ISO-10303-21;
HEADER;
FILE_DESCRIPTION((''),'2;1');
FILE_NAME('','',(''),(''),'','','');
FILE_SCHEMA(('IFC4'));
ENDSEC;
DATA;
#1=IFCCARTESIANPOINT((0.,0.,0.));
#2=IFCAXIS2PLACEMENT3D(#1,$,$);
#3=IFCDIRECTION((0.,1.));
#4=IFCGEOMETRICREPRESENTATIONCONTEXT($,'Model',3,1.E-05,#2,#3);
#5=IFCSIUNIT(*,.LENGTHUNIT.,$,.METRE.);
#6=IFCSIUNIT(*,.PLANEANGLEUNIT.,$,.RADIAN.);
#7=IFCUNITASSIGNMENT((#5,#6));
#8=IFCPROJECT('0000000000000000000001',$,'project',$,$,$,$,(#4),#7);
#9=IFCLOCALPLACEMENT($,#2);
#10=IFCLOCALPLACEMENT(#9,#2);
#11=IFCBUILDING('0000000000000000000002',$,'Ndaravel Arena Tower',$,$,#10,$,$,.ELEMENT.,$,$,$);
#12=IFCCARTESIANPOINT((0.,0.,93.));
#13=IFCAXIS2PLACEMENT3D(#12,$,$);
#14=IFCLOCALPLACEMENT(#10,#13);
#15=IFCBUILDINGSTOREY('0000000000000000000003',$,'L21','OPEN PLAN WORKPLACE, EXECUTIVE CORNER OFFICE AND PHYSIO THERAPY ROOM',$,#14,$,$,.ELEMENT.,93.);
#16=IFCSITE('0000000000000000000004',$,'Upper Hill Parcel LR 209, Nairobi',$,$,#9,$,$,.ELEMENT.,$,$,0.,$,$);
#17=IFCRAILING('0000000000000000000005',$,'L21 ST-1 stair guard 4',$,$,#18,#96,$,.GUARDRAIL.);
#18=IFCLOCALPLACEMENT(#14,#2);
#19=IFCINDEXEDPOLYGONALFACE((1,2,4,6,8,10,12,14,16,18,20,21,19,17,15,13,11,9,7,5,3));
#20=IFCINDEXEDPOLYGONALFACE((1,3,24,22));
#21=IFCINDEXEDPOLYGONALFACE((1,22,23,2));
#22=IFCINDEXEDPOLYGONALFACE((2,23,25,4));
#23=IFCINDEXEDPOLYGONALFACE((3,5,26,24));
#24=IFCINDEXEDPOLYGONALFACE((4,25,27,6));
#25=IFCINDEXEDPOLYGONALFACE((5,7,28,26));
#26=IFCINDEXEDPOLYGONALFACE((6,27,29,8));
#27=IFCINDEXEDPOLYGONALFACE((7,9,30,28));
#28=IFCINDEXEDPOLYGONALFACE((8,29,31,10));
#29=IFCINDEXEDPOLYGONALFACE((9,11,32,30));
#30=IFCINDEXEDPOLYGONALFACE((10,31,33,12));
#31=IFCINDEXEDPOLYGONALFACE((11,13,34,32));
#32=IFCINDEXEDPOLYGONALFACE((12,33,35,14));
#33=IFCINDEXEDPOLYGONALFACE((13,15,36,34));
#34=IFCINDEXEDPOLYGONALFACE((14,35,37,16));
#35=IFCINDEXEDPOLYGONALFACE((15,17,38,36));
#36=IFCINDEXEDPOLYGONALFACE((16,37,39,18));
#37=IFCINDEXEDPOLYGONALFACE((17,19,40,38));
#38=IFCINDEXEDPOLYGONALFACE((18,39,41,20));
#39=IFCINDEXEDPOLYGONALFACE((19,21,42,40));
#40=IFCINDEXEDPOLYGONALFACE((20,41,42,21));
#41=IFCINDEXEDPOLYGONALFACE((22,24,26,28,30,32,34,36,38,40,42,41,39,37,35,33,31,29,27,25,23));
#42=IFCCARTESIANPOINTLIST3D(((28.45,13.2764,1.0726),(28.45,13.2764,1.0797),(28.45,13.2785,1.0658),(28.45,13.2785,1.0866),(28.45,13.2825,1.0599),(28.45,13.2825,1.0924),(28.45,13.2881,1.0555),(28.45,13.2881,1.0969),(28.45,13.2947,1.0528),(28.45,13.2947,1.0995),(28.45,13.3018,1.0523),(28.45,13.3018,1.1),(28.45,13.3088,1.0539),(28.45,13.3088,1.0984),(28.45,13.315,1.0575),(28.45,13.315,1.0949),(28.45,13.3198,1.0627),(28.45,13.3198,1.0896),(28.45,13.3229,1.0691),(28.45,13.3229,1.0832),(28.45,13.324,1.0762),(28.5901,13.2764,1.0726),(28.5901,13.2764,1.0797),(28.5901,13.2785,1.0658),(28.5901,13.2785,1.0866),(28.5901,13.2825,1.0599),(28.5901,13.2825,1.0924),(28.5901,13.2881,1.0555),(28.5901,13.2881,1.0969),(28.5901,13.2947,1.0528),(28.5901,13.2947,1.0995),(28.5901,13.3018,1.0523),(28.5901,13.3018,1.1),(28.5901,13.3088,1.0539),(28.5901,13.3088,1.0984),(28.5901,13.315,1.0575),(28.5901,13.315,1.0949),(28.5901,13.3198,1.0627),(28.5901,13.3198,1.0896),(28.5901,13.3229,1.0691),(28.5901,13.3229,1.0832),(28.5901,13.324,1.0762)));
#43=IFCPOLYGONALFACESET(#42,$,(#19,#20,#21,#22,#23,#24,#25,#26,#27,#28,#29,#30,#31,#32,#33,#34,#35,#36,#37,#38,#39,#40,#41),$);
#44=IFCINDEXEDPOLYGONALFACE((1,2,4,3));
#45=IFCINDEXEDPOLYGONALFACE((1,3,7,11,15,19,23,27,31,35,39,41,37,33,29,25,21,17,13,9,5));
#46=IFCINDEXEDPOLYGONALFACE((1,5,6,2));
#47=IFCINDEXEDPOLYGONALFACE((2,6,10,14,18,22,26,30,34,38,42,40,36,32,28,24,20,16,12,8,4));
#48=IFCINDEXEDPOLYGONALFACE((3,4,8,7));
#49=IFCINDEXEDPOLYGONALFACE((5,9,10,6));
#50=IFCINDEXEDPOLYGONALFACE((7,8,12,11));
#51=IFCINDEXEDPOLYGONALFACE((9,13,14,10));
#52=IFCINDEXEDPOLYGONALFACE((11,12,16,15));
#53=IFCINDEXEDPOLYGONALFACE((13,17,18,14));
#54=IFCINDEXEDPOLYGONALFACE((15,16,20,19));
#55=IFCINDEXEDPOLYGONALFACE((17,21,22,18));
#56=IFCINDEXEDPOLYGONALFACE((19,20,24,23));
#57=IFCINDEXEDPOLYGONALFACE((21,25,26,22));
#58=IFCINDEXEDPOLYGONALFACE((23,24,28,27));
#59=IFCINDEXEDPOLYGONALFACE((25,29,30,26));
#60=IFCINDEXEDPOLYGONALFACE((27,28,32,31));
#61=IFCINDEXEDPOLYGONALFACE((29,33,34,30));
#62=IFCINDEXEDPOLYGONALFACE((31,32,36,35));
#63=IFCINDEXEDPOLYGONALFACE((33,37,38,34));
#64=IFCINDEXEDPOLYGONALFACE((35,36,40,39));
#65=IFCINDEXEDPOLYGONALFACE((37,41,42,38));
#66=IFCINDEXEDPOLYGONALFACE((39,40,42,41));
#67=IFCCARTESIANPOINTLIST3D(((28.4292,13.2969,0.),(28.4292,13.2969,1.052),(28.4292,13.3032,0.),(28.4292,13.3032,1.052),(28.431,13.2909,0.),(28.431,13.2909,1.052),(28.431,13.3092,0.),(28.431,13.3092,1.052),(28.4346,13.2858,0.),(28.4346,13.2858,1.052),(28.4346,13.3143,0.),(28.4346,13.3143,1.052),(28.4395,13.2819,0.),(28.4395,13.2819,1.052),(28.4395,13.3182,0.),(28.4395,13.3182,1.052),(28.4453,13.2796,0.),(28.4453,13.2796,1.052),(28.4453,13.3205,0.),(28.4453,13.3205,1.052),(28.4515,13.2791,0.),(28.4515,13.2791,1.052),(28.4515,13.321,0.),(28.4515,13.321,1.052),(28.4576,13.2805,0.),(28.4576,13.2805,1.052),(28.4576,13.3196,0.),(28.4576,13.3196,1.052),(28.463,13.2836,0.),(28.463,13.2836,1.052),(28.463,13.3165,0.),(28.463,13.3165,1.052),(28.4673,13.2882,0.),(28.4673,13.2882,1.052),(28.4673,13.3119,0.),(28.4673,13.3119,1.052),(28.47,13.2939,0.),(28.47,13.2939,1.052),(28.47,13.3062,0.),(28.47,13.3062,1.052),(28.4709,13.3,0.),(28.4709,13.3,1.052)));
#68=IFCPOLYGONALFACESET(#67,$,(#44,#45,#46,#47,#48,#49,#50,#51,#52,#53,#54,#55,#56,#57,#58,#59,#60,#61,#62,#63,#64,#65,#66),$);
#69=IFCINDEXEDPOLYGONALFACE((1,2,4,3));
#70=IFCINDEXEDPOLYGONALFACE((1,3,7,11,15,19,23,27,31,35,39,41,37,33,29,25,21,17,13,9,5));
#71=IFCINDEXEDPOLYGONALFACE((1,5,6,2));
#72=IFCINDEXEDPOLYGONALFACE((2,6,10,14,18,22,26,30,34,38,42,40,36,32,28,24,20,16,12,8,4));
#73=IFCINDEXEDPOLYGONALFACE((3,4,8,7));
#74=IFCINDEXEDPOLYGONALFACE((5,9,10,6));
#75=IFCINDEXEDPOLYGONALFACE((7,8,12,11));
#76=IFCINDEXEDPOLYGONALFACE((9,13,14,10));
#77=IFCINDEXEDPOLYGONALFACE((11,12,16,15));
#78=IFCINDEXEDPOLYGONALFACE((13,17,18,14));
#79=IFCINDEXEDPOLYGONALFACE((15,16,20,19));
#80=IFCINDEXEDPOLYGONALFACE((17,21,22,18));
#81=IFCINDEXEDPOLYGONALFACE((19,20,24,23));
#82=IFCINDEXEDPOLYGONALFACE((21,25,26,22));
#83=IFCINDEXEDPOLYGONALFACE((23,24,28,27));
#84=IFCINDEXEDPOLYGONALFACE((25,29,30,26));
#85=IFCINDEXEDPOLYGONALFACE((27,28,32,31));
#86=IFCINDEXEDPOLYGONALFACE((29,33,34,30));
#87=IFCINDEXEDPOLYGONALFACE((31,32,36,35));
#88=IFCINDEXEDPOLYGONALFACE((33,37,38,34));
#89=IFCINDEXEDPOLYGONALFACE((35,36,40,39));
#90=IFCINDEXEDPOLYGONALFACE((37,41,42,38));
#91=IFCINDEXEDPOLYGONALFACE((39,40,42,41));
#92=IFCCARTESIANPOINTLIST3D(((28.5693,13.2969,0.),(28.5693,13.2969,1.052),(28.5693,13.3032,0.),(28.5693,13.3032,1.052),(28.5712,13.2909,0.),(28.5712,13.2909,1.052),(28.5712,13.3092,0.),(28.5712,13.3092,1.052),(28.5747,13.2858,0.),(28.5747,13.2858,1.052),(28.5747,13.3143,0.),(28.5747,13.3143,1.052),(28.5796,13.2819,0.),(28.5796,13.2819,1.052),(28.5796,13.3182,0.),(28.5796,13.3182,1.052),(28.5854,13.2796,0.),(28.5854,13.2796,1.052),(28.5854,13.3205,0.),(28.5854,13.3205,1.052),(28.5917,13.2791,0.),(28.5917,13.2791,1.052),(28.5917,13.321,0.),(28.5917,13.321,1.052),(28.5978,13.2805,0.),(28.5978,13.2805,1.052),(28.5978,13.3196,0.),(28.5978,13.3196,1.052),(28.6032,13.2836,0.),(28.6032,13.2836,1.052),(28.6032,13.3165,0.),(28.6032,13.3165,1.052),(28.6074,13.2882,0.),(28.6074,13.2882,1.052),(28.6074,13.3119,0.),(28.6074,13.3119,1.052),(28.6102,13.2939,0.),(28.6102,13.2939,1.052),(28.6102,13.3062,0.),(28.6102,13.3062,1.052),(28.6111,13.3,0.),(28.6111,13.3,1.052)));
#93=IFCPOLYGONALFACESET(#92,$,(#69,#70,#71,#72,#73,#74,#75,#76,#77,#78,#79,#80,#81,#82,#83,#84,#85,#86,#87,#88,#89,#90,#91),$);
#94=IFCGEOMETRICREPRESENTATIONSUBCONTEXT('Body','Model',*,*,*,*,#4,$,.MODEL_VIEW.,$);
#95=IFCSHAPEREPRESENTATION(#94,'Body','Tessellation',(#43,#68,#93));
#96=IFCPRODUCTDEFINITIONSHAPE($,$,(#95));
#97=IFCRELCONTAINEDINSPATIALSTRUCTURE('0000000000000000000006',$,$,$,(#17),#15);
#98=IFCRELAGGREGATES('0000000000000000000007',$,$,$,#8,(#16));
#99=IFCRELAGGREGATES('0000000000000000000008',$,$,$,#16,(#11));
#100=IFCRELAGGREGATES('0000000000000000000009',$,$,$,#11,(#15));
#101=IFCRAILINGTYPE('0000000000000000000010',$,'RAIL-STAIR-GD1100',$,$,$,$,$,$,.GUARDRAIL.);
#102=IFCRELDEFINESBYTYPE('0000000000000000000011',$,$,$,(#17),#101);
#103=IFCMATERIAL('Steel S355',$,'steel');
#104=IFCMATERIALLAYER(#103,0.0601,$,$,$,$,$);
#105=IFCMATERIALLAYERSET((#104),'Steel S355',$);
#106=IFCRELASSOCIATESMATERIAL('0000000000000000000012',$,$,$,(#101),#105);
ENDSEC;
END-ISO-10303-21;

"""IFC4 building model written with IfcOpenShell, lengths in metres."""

from ifc_helpers import new_model, si_unit, direction, frame, origin, origin_2d, place, context, subcontext, project, spatial, circle, extrude, material, layer, layer_set, type_object, element, save


model = new_model("IFC4")

# Units and contexts
model_context = context("Model", 3, precision=1e-05, world=origin(), true_north=direction((0.0, 1.0)))
body_context = subcontext(model_context, "Body", "Model", "MODEL_VIEW")
ifc_project = project(units=[si_unit("LENGTHUNIT", "METRE"), si_unit("PLANEANGLEUNIT", "RADIAN")], contexts=[model_context])

# Site, building, storey
site_placement = place(None, origin())
site = spatial("IfcSite", under=ifc_project, at=site_placement, Name="Upper Hill Parcel LR 209, Nairobi", CompositionType="ELEMENT", RefElevation=0.0)
building_placement = place(site_placement, origin())
building = spatial("IfcBuilding", under=site, at=building_placement, Name="Ndaravel Arena Tower", CompositionType="ELEMENT")
storey_placement = place(building_placement, frame((0.0, 0.0, 93.0)))
storey = spatial("IfcBuildingStorey", under=building, at=storey_placement, Name="L21", Description="OPEN PLAN WORKPLACE, EXECUTIVE CORNER OFFICE AND PHYSIO THERAPY ROOM", CompositionType="ELEMENT", Elevation=93.0)

# Railing
ifc_material_1 = material(Name="Steel S355", Category="steel")
ifc_layer_1 = layer(ifc_material_1, 0.0601)
ifc_layer_set_1 = layer_set([ifc_layer_1], Name="Steel S355")
railing_type_1 = type_object("IfcRailingType", Name="RAIL-STAIR-GD1100", PredefinedType="GUARDRAIL", material=ifc_layer_set_1)
railing_1_placement = place(storey_placement, frame((28.45, 13.3, 0.0)))
element("IfcRailing", 1, at=railing_1_placement, inside=storey, type_object=railing_type_1, Name="L21 ST-1 stair guard 4", PredefinedType="GUARDRAIL", context=body_context, shape_type="SweptSolid", body=[
    extrude(circle(Radius=0.0239, at=origin_2d()), frame((0.0, 0.0, 1.0762), z_axis=(1.0, 0.0, 0.0), x_axis=(0.0, 1.0, 0.0)), (0.0, 0.0, 1.0), 0.1401),
    extrude(circle(Radius=0.021, at=origin_2d()), origin(), (0.0, 0.0, 1.0), 1.052),
    extrude(circle(Radius=0.021, at=origin_2d()), frame((0.1401, 0.0, 0.0)), (0.0, 0.0, 1.0), 1.052),
])

save(model, "model.ifc")
